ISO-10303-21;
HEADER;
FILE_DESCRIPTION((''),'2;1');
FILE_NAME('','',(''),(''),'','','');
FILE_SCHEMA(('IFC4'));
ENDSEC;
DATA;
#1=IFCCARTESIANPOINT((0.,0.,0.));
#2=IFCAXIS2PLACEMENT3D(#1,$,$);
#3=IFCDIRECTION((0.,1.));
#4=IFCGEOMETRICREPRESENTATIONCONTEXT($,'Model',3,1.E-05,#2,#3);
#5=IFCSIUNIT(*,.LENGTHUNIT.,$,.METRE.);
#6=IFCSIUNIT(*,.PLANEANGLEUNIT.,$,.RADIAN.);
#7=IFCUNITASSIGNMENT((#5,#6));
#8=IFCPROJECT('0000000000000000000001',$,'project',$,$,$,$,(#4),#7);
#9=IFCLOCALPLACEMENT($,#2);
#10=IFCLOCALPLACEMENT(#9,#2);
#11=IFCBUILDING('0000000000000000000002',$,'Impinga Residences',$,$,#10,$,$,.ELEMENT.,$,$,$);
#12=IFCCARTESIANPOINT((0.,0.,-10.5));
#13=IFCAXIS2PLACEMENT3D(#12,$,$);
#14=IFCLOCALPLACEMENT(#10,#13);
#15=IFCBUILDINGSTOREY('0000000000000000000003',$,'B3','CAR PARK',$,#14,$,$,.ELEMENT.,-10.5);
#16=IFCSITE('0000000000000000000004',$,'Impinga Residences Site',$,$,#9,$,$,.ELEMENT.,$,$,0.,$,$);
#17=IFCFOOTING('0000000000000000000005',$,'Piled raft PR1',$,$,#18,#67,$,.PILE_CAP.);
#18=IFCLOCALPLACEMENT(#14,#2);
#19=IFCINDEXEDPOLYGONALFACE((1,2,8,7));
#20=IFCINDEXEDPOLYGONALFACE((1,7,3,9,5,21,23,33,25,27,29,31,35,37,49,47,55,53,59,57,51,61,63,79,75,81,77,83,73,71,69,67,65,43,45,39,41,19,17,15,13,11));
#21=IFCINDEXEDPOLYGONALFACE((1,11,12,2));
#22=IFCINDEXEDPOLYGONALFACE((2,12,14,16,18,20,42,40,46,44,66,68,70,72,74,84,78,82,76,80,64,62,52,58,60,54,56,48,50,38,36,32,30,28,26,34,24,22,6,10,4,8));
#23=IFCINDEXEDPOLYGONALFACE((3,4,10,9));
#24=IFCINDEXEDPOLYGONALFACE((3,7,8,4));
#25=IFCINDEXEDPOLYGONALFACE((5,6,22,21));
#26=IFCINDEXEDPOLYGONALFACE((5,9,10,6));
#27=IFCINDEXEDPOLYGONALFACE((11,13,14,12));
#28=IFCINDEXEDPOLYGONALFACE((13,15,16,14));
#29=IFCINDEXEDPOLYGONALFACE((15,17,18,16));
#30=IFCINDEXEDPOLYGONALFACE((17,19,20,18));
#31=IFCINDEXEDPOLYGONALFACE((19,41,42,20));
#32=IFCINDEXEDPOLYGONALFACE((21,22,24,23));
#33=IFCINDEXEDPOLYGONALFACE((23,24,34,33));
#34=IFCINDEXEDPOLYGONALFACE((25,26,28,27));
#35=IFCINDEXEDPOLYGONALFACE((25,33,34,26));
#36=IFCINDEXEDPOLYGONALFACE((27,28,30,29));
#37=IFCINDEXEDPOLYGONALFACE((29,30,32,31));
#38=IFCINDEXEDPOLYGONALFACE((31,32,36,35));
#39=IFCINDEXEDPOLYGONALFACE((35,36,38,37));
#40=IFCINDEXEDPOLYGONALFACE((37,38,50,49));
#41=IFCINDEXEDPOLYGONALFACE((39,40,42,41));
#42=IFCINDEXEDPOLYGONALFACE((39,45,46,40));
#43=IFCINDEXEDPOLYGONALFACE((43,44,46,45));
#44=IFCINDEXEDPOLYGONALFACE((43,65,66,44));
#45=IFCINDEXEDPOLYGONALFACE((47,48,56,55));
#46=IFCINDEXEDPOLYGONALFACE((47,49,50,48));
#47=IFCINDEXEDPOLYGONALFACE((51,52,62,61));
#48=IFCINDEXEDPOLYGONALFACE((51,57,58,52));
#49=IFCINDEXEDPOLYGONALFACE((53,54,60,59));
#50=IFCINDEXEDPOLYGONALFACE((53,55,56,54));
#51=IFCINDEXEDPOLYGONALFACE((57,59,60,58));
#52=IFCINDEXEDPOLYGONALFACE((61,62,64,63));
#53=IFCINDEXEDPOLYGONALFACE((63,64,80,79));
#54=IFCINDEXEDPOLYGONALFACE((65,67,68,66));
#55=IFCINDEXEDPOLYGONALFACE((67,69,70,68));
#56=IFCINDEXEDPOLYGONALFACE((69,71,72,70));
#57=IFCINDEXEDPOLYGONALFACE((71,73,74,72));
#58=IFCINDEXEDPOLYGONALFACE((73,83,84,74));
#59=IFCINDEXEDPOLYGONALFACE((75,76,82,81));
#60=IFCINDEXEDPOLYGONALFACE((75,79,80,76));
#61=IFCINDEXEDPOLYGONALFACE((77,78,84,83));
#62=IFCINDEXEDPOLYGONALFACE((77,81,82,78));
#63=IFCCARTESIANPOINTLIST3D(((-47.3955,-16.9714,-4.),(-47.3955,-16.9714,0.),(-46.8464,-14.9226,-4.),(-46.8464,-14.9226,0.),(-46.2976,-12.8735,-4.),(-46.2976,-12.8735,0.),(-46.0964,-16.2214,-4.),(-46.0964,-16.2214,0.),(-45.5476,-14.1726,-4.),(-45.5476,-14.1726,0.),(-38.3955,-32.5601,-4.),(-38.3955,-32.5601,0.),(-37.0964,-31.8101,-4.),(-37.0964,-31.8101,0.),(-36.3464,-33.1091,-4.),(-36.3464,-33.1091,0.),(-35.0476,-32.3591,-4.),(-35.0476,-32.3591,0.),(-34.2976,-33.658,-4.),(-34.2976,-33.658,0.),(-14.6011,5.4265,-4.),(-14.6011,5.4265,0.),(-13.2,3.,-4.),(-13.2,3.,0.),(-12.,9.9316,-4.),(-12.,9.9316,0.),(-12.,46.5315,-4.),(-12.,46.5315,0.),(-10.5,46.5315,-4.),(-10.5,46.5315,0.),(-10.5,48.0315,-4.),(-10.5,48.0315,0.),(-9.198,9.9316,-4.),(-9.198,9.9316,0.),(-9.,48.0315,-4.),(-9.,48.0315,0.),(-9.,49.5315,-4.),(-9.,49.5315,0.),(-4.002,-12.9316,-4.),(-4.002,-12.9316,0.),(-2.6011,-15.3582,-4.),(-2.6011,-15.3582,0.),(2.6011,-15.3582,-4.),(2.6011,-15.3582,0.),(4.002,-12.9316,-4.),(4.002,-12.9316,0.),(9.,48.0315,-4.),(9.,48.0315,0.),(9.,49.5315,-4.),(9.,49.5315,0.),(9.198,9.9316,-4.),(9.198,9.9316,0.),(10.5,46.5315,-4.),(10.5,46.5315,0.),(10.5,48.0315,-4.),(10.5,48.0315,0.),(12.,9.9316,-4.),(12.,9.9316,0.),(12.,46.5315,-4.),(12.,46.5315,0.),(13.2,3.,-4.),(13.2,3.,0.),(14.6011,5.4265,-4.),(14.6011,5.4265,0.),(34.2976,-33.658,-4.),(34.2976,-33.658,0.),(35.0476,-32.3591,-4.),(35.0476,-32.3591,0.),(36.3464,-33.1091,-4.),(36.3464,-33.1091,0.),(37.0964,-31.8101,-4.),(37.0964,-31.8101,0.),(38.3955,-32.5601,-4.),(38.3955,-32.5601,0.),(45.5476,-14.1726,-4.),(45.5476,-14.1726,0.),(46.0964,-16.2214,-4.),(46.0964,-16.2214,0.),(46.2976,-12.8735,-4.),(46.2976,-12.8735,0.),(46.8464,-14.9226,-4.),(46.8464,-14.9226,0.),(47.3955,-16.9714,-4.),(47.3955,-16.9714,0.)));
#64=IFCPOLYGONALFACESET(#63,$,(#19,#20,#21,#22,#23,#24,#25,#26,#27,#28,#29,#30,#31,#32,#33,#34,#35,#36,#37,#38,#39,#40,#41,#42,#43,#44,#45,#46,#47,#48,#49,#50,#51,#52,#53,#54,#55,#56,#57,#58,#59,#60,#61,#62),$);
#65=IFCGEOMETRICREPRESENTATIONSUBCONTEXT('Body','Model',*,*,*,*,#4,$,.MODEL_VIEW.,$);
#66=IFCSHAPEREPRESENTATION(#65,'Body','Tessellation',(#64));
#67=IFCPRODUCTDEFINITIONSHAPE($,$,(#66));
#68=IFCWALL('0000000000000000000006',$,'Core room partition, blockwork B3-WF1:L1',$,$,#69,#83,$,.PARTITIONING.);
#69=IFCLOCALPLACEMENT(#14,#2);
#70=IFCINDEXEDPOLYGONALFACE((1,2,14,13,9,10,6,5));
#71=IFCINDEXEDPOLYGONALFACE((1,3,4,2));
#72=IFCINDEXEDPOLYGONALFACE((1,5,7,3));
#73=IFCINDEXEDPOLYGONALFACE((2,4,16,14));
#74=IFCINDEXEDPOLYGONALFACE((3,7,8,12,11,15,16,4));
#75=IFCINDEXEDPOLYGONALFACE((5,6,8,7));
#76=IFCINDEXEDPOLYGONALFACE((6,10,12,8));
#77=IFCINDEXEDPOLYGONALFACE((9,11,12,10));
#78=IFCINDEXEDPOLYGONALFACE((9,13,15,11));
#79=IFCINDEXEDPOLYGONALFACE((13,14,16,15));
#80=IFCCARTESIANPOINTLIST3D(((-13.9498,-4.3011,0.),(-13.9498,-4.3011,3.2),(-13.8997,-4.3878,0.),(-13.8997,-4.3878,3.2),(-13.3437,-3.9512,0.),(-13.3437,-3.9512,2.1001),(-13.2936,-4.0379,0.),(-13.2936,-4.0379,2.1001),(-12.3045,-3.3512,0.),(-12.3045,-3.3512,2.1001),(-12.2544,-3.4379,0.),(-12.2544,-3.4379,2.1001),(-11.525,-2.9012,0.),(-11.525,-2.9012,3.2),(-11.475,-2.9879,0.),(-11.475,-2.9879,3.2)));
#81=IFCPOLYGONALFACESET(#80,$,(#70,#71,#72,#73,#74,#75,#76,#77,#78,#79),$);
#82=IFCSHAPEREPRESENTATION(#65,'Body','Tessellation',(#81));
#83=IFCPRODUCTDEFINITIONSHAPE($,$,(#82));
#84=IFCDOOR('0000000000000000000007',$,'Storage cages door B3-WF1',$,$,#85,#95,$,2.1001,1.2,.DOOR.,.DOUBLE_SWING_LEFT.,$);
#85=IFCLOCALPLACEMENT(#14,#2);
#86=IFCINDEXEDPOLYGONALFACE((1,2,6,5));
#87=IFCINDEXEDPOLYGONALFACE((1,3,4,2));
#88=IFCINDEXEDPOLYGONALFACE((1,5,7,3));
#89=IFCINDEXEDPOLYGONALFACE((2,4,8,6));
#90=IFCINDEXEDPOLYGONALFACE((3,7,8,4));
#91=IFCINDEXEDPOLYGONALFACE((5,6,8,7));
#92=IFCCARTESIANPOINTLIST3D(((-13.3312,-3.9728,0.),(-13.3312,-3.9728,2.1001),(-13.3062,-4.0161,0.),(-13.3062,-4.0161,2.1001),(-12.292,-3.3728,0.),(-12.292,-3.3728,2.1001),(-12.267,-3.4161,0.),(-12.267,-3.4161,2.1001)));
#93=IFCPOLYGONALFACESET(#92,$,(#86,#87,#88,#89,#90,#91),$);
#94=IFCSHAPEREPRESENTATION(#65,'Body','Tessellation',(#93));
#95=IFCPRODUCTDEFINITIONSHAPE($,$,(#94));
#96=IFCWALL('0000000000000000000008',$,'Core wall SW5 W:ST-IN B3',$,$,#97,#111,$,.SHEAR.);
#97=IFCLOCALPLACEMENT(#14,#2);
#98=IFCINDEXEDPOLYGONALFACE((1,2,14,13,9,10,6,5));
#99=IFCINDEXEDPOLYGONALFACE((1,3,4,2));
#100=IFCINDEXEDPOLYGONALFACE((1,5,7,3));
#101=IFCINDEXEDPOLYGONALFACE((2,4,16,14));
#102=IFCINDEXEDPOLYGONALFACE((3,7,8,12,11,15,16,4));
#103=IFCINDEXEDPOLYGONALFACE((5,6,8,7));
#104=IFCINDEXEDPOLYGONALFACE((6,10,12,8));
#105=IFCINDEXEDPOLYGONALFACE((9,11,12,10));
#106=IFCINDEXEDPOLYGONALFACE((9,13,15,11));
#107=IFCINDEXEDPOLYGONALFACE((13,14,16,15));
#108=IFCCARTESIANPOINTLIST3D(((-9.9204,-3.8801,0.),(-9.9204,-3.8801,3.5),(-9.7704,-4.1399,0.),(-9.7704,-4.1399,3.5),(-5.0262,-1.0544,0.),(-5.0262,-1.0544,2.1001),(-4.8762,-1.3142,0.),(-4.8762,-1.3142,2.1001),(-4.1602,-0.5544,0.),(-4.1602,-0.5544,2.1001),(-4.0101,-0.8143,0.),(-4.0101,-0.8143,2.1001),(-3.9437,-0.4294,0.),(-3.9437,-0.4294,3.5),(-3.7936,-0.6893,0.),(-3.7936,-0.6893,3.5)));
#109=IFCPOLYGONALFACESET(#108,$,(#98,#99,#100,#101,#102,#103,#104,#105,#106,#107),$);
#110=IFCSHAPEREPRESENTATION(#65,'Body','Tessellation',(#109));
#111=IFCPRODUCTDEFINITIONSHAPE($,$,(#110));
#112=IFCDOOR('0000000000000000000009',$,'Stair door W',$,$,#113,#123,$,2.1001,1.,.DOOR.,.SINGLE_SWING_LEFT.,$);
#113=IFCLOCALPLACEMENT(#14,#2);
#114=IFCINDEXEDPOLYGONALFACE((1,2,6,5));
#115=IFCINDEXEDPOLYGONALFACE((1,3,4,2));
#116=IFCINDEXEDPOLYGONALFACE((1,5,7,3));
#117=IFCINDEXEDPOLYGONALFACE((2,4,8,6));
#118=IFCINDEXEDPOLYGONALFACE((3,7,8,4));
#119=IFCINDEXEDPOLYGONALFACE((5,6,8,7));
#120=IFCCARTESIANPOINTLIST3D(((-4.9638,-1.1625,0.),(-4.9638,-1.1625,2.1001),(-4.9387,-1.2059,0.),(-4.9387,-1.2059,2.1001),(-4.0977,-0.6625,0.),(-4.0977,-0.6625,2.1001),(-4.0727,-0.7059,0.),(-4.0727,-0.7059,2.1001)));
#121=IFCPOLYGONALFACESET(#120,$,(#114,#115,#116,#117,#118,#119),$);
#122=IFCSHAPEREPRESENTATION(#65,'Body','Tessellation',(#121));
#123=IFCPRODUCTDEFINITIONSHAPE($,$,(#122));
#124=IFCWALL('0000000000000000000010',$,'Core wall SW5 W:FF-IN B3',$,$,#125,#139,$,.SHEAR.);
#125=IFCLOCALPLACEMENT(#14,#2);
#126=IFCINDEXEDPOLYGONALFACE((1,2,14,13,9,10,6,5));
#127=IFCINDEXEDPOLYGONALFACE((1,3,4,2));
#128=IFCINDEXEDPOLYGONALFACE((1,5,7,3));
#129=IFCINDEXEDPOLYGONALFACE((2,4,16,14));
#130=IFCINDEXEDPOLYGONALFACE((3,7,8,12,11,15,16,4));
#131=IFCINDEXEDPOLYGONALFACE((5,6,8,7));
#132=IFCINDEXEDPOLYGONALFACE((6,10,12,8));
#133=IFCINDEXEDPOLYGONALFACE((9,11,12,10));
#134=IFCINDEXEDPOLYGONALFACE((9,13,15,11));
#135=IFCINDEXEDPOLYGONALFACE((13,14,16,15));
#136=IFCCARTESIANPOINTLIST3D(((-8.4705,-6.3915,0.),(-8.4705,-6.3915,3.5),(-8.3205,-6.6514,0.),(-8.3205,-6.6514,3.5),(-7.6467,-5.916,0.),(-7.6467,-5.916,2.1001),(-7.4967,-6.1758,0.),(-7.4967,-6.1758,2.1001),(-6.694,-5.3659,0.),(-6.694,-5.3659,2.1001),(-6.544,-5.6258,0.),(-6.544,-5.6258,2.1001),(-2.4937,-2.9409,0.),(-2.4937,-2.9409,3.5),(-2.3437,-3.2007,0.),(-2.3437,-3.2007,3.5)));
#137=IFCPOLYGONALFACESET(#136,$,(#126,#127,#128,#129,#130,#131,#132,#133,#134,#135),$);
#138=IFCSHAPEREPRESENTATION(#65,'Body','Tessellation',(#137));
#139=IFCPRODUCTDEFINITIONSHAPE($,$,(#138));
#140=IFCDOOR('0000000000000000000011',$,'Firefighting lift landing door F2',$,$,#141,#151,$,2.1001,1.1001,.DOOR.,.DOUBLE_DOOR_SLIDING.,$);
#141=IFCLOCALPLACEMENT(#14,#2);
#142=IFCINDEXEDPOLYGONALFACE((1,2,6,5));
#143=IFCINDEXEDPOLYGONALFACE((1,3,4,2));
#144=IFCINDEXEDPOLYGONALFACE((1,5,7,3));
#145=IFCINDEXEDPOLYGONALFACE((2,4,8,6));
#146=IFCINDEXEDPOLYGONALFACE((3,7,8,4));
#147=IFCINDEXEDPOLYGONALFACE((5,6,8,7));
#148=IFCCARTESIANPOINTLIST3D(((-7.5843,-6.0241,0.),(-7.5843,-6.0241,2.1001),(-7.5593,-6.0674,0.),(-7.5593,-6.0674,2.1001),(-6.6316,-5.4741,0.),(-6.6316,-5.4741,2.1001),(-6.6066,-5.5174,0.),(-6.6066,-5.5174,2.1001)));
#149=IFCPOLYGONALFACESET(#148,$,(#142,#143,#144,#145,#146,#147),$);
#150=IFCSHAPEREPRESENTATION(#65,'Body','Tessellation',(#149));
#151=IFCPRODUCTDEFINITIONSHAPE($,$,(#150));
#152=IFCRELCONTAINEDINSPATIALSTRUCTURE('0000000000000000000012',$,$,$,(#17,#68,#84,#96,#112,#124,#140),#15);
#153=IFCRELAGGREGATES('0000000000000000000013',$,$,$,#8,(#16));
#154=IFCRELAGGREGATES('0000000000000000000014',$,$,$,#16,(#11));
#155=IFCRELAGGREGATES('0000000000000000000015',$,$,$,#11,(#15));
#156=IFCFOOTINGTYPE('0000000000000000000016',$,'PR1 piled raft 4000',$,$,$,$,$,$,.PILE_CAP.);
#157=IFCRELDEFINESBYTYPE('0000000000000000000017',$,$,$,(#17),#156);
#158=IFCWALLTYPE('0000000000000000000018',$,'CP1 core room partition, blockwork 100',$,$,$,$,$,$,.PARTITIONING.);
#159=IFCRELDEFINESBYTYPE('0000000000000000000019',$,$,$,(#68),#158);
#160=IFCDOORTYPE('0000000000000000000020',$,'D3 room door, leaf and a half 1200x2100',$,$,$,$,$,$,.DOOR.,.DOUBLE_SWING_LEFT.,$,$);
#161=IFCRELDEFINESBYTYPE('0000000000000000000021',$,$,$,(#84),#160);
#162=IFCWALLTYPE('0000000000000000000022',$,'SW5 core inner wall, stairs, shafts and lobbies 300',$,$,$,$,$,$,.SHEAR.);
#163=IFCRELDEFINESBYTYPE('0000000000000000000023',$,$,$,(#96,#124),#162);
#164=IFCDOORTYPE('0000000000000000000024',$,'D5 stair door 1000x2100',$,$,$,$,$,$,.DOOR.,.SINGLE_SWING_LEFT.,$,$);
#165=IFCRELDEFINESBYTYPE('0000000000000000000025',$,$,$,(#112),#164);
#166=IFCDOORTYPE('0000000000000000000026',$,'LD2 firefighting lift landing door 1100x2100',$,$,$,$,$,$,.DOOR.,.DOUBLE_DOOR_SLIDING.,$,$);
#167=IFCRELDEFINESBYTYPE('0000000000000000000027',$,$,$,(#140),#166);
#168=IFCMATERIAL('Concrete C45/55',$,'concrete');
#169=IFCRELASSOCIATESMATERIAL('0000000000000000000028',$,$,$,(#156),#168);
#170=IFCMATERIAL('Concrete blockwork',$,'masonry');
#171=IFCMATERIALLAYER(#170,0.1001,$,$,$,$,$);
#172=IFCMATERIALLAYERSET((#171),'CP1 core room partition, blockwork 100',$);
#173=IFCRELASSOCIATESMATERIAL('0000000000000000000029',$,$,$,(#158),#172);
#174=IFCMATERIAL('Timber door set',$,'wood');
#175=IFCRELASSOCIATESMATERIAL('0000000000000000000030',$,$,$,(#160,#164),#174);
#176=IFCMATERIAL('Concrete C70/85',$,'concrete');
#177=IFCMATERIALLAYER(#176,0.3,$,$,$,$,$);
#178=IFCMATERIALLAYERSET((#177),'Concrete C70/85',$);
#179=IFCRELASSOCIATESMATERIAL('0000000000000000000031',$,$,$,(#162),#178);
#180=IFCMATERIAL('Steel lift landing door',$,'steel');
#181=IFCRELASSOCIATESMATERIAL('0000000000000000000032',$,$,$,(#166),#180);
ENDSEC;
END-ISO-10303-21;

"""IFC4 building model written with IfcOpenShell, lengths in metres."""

from ifc_helpers import new_model, si_unit, direction, frame, frame_2d, origin, place, context, subcontext, project, spatial, polyline, rectangle, outline, extrude, material, layer, layer_set, type_object, element, fill, save


model = new_model("IFC4")

# Units and contexts
model_context = context("Model", 3, precision=1e-05, world=origin(), true_north=direction((0.0, 1.0)))
body_context = subcontext(model_context, "Body", "Model", "MODEL_VIEW")
ifc_project = project(units=[si_unit("LENGTHUNIT", "METRE"), si_unit("PLANEANGLEUNIT", "RADIAN")], contexts=[model_context])

# Site, building, storey
site_placement = place(None, origin())
site = spatial("IfcSite", under=ifc_project, at=site_placement, Name="Impinga Residences Site", CompositionType="ELEMENT", RefElevation=0.0)
building_placement = place(site_placement, origin())
building = spatial("IfcBuilding", under=site, at=building_placement, Name="Impinga Residences", CompositionType="ELEMENT")
storey_placement = place(building_placement, frame((0.0, 0.0, -10.5)))
storey = spatial("IfcBuildingStorey", under=building, at=storey_placement, Name="B3", Description="CAR PARK", CompositionType="ELEMENT", Elevation=-10.5)

# Footing
ifc_material_1 = material(Name="Concrete C45/55", Category="concrete")
footing_type_1 = type_object("IfcFootingType", Name="PR1 piled raft 4000", PredefinedType="PILE_CAP", material=ifc_material_1)
footing_1_placement = place(storey_placement, frame((0.0, 0.0, -4.0)))
element("IfcFooting", 1, at=footing_1_placement, inside=storey, type_object=footing_type_1, Name="Piled raft PR1", PredefinedType="PILE_CAP", context=body_context, shape_type="SweptSolid", body=[
    extrude(outline(polyline([(-46.0964, -16.2214), (-46.8464, -14.9226), (-45.5476, -14.1726), (-46.2976, -12.8735), (-14.6011, 5.4265), (-13.2, 3.0), (-9.198, 9.9316), (-12.0, 9.9316), (-12.0, 46.5315), (-10.5, 46.5315), (-10.5, 48.0315), (-9.0, 48.0315), (-9.0, 49.5315), (9.0, 49.5315), (9.0, 48.0315), (10.5, 48.0315), (10.5, 46.5315), (12.0, 46.5315), (12.0, 9.9316), (9.198, 9.9316), (13.2, 3.0), (14.6011, 5.4265), (46.2976, -12.8735), (45.5476, -14.1726), (46.8464, -14.9226), (46.0964, -16.2214), (47.3955, -16.9714), (38.3955, -32.5601), (37.0964, -31.8101), (36.3464, -33.1091), (35.0476, -32.3591), (34.2976, -33.658), (2.6011, -15.3582), (4.002, -12.9316), (-4.002, -12.9316), (-2.6011, -15.3582), (-34.2976, -33.658), (-35.0476, -32.3591), (-36.3464, -33.1091), (-37.0964, -31.8101), (-38.3955, -32.5601), (-47.3955, -16.9714), (-46.0964, -16.2214)])), origin(), (0.0, 0.0, 1.0), 4.0),
])

# Walls, openings, doors
ifc_material_2 = material(Name="Concrete blockwork", Category="masonry")
ifc_layer_1 = layer(ifc_material_2, 0.1001)
ifc_layer_set_1 = layer_set([ifc_layer_1], Name="CP1 core room partition, blockwork 100")
wall_type_1 = type_object("IfcWallType", Name="CP1 core room partition, blockwork 100", PredefinedType="PARTITIONING", material=ifc_layer_set_1)
wall_1_placement = place(storey_placement, frame((-11.5, -2.9446, 0.0), z_axis=(0.0, 0.0, 1.0), x_axis=(-0.866035, -0.499984, 0.0)))
wall_1 = element("IfcWall", 2, at=wall_1_placement, inside=storey, type_object=wall_type_1, Name="Core room partition, blockwork B3-WF1:L1", PredefinedType="PARTITIONING", context=body_context, shape_type="SweptSolid", body=[
    extrude(rectangle(XDim=2.7998, YDim=0.1001, at=frame_2d((1.3999, 0.0))), origin(), (0.0, 0.0, 1.0), 3.2),
])
opening_1_placement = place(wall_1_placement, frame((0.8999, 0.0, 0.0)))
opening_1 = element("IfcOpeningElement", 3, at=opening_1_placement, cuts=wall_1, PredefinedType="OPENING", context=body_context, shape_type="SweptSolid", body=[
    extrude(rectangle(XDim=1.2, YDim=2.1001, at=frame_2d((0.6001, 1.05))), frame((0.0, 0.0601, 0.0), z_axis=(0.0, -1.0, 0.0), x_axis=(1.0, 0.0, 0.0)), (0.0, 0.0, 1.0), 0.1201),
])
ifc_material_3 = material(Name="Timber door set", Category="wood")
door_type_1 = type_object("IfcDoorType", Name="D3 room door, leaf and a half 1200x2100", OperationType="DOUBLE_SWING_LEFT", PredefinedType="DOOR", material=ifc_material_3)
door_1_placement = place(opening_1_placement, origin())
door_1 = element("IfcDoor", 4, at=door_1_placement, inside=storey, type_object=door_type_1, Name="Storage cages door B3-WF1", OperationType="DOUBLE_SWING_LEFT", OverallHeight=2.1001, OverallWidth=1.2, PredefinedType="DOOR", context=body_context, shape_type="SweptSolid", body=[
    extrude(rectangle(XDim=1.2, YDim=2.1001, at=frame_2d((0.6001, 1.05))), frame((0.0, 0.0249, 0.0), z_axis=(0.0, -1.0, 0.0), x_axis=(1.0, 0.0, 0.0)), (0.0, 0.0, 1.0), 0.05),
])
fill(opening_1, door_1)
ifc_material_4 = material(Name="Concrete C70/85", Category="concrete")
ifc_layer_2 = layer(ifc_material_4, 0.3)
ifc_layer_set_2 = layer_set([ifc_layer_2], Name="Concrete C70/85")
wall_type_2 = type_object("IfcWallType", Name="SW5 core inner wall, stairs, shafts and lobbies 300", PredefinedType="SHEAR", material=ifc_layer_set_2)
wall_2_placement = place(storey_placement, frame((-3.8687, -0.5593, 0.0), z_axis=(0.0, 0.0, 1.0), x_axis=(-0.866027, -0.499997, 0.0)))
wall_2 = element("IfcWall", 5, at=wall_2_placement, inside=storey, type_object=wall_type_2, Name="Core wall SW5 W:ST-IN B3", PredefinedType="SHEAR", context=body_context, shape_type="SweptSolid", body=[
    extrude(rectangle(XDim=6.9014, YDim=0.3, at=frame_2d((3.4507, 0.0))), origin(), (0.0, 0.0, 1.0), 3.5),
])
opening_2_placement = place(wall_2_placement, frame((0.25, 0.0, 0.0)))
opening_2 = element("IfcOpeningElement", 6, at=opening_2_placement, cuts=wall_2, PredefinedType="OPENING", context=body_context, shape_type="SweptSolid", body=[
    extrude(rectangle(XDim=1.0, YDim=2.1001, at=frame_2d((0.5, 1.05))), frame((0.0, 0.1599, 0.0), z_axis=(0.0, -1.0, 0.0), x_axis=(1.0, 0.0, 0.0)), (0.0, 0.0, 1.0), 0.3201),
])
door_type_2 = type_object("IfcDoorType", Name="D5 stair door 1000x2100", OperationType="SINGLE_SWING_LEFT", PredefinedType="DOOR", material=ifc_material_3)
door_2_placement = place(opening_2_placement, origin())
door_2 = element("IfcDoor", 7, at=door_2_placement, inside=storey, type_object=door_type_2, Name="Stair door W", OperationType="SINGLE_SWING_LEFT", OverallHeight=2.1001, OverallWidth=1.0, PredefinedType="DOOR", context=body_context, shape_type="SweptSolid", body=[
    extrude(rectangle(XDim=1.0, YDim=2.1001, at=frame_2d((0.5, 1.05))), frame((0.0, 0.0249, 0.0), z_axis=(0.0, -1.0, 0.0), x_axis=(1.0, 0.0, 0.0)), (0.0, 0.0, 1.0), 0.05),
])
fill(opening_2, door_2)
wall_3_placement = place(storey_placement, frame((-2.4187, -3.0708, 0.0), z_axis=(0.0, 0.0, 1.0), x_axis=(-0.866027, -0.499997, 0.0)))
wall_3 = element("IfcWall", 8, at=wall_3_placement, inside=storey, type_object=wall_type_2, Name="Core wall SW5 W:FF-IN B3", PredefinedType="SHEAR", context=body_context, shape_type="SweptSolid", body=[
    extrude(rectangle(XDim=6.9014, YDim=0.3, at=frame_2d((3.4507, 0.0))), origin(), (0.0, 0.0, 1.0), 3.5),
])
opening_3_placement = place(wall_3_placement, frame((4.8501, 0.0, 0.0)))
opening_3 = element("IfcOpeningElement", 9, at=opening_3_placement, cuts=wall_3, PredefinedType="OPENING", context=body_context, shape_type="SweptSolid", body=[
    extrude(rectangle(XDim=1.1001, YDim=2.1001, at=frame_2d((0.55, 1.05))), frame((0.0, 0.1599, 0.0), z_axis=(0.0, -1.0, 0.0), x_axis=(1.0, 0.0, 0.0)), (0.0, 0.0, 1.0), 0.3201),
])
ifc_material_5 = material(Name="Steel lift landing door", Category="steel")
door_type_3 = type_object("IfcDoorType", Name="LD2 firefighting lift landing door 1100x2100", OperationType="DOUBLE_DOOR_SLIDING", PredefinedType="DOOR", material=ifc_material_5)
door_3_placement = place(opening_3_placement, origin())
door_3 = element("IfcDoor", 10, at=door_3_placement, inside=storey, type_object=door_type_3, Name="Firefighting lift landing door F2", OperationType="DOUBLE_DOOR_SLIDING", OverallHeight=2.1001, OverallWidth=1.1001, PredefinedType="DOOR", context=body_context, shape_type="SweptSolid", body=[
    extrude(rectangle(XDim=1.1001, YDim=2.1001, at=frame_2d((0.55, 1.05))), frame((0.0, 0.0249, 0.0), z_axis=(0.0, -1.0, 0.0), x_axis=(1.0, 0.0, 0.0)), (0.0, 0.0, 1.0), 0.05),
])
fill(opening_3, door_3)

save(model, "model.ifc")
